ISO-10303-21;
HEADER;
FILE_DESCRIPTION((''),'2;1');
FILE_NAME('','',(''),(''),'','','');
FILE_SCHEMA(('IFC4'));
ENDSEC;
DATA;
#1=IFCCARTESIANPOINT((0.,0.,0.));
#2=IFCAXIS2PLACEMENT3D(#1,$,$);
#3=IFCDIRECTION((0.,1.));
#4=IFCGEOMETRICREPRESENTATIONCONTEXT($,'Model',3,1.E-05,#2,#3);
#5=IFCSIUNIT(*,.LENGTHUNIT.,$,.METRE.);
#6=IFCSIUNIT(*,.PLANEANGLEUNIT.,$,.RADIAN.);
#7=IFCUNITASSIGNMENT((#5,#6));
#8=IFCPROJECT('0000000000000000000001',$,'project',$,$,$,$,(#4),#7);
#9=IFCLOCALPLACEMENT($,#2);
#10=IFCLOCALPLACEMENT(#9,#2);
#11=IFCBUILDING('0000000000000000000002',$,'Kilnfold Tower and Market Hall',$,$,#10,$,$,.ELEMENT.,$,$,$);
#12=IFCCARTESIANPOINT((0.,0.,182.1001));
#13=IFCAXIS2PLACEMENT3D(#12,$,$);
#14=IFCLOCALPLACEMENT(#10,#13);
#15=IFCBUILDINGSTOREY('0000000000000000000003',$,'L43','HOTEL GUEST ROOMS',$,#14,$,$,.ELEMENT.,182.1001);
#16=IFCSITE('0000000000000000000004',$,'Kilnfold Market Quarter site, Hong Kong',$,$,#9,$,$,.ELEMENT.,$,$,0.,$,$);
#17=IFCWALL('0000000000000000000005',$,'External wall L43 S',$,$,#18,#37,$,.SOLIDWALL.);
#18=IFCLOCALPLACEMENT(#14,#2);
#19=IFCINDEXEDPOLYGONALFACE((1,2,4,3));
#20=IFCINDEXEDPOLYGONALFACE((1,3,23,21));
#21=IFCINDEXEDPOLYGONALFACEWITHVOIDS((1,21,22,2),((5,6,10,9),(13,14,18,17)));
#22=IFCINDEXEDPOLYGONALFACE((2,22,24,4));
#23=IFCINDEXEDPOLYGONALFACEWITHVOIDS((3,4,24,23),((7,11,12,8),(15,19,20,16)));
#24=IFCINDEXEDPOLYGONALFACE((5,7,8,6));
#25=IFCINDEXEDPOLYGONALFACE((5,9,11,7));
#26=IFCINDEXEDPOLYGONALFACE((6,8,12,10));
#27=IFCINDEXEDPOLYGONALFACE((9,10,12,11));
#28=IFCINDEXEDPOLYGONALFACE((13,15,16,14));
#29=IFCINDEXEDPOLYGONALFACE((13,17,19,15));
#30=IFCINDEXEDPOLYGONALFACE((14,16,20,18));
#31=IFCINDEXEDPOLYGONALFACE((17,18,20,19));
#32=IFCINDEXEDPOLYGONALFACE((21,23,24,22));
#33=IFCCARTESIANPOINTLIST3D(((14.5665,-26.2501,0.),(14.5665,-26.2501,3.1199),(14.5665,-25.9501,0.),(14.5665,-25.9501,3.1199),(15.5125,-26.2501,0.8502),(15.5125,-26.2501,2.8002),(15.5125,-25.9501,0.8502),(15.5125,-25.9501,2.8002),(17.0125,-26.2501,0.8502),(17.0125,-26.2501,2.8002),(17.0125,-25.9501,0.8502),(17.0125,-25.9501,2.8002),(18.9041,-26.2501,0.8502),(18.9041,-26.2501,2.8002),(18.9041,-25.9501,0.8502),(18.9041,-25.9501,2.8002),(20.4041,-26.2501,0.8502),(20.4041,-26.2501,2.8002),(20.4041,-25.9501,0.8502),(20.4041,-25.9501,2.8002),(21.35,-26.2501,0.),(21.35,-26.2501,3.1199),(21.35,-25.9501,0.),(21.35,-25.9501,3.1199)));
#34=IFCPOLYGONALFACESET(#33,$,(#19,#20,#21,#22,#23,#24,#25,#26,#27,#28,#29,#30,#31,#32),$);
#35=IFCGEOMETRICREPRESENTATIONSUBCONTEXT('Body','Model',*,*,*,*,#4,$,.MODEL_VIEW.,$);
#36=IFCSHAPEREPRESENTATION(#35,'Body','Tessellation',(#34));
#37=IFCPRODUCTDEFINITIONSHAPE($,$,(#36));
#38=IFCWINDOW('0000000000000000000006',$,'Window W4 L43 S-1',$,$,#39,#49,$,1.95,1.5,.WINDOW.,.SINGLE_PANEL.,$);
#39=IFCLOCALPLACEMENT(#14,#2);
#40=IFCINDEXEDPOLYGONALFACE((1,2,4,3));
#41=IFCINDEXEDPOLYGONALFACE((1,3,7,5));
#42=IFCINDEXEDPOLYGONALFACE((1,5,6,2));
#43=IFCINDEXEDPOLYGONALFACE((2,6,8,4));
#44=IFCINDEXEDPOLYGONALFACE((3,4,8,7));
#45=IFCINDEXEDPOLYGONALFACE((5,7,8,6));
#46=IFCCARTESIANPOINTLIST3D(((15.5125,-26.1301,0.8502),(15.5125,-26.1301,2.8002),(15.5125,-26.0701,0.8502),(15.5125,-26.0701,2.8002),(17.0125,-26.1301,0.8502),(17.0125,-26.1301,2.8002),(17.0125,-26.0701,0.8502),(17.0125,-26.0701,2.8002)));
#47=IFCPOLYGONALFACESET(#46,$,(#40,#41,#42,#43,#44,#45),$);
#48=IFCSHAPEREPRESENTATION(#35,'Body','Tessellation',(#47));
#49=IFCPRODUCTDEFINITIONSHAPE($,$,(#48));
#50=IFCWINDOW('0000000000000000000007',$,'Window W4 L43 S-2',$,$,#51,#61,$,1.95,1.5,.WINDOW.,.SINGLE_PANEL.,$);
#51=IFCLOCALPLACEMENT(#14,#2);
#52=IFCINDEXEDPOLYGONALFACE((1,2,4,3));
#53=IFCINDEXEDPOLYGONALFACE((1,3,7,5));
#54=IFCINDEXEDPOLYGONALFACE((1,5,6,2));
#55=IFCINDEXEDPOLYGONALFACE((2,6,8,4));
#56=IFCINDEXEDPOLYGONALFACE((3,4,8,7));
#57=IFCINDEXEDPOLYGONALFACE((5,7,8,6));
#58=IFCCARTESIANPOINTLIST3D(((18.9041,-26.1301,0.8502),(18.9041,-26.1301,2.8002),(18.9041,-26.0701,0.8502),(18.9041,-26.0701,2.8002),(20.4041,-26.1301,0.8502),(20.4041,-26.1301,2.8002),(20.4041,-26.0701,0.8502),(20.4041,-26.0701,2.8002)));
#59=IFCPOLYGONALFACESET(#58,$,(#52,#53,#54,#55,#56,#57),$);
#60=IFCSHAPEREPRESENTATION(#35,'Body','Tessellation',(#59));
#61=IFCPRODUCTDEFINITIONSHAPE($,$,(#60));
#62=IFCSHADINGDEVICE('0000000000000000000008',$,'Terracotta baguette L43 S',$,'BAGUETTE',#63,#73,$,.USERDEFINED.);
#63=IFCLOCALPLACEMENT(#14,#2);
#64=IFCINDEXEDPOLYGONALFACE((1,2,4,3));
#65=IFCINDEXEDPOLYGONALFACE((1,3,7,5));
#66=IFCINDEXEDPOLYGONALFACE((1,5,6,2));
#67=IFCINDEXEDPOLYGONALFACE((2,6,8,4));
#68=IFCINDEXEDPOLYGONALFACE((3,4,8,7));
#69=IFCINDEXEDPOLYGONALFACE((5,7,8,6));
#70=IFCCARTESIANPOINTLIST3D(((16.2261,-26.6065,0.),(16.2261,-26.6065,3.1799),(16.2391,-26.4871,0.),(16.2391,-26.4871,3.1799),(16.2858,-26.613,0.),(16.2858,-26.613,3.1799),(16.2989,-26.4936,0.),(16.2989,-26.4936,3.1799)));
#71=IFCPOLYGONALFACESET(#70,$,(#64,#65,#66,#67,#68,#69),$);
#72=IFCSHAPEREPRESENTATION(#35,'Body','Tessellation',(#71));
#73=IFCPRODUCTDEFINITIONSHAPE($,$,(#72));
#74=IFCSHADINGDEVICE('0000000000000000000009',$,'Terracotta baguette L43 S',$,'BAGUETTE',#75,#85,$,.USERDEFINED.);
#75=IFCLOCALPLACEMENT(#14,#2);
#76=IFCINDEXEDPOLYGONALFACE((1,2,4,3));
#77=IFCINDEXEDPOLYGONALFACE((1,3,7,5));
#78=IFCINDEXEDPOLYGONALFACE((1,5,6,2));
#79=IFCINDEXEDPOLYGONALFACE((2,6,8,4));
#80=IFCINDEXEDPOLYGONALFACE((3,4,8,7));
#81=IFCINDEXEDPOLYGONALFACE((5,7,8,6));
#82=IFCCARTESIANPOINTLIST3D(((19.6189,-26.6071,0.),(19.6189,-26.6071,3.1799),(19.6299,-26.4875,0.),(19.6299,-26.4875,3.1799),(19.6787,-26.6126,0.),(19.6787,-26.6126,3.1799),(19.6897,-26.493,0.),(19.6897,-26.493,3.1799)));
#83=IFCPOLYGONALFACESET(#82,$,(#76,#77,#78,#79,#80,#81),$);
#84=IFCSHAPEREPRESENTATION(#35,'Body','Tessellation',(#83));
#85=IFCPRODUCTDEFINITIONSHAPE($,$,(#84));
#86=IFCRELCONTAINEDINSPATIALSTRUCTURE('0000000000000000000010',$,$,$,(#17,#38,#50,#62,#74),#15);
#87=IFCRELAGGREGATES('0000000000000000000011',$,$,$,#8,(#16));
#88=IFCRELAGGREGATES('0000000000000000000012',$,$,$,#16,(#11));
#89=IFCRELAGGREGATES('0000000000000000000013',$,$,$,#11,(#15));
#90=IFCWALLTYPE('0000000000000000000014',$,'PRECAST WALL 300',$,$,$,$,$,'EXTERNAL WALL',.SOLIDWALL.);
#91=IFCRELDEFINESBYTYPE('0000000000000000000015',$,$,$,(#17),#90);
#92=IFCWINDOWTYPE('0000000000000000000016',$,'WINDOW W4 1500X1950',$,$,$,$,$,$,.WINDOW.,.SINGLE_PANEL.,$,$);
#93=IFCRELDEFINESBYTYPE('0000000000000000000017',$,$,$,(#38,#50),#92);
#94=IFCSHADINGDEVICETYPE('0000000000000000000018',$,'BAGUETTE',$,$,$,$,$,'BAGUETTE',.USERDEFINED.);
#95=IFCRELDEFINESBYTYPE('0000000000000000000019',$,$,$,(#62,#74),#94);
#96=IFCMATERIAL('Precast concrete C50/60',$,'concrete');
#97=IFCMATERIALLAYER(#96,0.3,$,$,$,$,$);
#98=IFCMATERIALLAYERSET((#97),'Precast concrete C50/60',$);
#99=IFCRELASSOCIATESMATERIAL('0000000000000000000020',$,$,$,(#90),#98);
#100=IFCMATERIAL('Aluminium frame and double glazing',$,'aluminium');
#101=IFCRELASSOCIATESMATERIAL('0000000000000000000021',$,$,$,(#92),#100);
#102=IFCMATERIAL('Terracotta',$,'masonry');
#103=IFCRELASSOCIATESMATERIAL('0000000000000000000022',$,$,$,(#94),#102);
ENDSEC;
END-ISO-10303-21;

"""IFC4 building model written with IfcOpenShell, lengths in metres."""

from ifc_helpers import new_model, si_unit, direction, frame, frame_2d, origin, origin_2d, place, context, subcontext, project, spatial, rectangle, extrude, source, transform, mapped, material, layer, layer_set, material_profile, profile_set, type_object, element, fill, save


model = new_model("IFC4")

# Units and contexts
model_context = context("Model", 3, precision=1e-05, world=origin(), true_north=direction((0.0, 1.0)))
body_context = subcontext(model_context, "Body", "Model", "MODEL_VIEW")
ifc_project = project(units=[si_unit("LENGTHUNIT", "METRE"), si_unit("PLANEANGLEUNIT", "RADIAN")], contexts=[model_context])

# Site, building, storey
site_placement = place(None, origin())
site = spatial("IfcSite", under=ifc_project, at=site_placement, Name="Kilnfold Market Quarter site, Hong Kong", CompositionType="ELEMENT", RefElevation=0.0)
building_placement = place(site_placement, origin())
building = spatial("IfcBuilding", under=site, at=building_placement, Name="Kilnfold Tower and Market Hall", CompositionType="ELEMENT")
storey_placement = place(building_placement, frame((0.0, 0.0, 182.1001)))
storey = spatial("IfcBuildingStorey", under=building, at=storey_placement, Name="L43", Description="HOTEL GUEST ROOMS", CompositionType="ELEMENT", Elevation=182.1001)

# Wall, openings, windows
ifc_material_1 = material(Name="Precast concrete C50/60", Category="concrete")
ifc_layer_1 = layer(ifc_material_1, 0.3)
ifc_layer_set_1 = layer_set([ifc_layer_1], Name="Precast concrete C50/60")
wall_type_1 = type_object("IfcWallType", Name="PRECAST WALL 300", ElementType="EXTERNAL WALL", PredefinedType="SOLIDWALL", material=ifc_layer_set_1)
shared_shape_1 = source(origin(), body_context, "Body", "SweptSolid", [
    extrude(rectangle(XDim=6.7834, YDim=0.3, at=frame_2d((3.3916, 0.0))), origin(), (0.0, 0.0, 1.0), 3.1199),
])
wall_1_placement = place(storey_placement, frame((14.5667, -26.1001, 0.0), z_axis=(0.0, 0.0, 1.0), x_axis=(1.0, 0.0, 0.0)))
wall_1 = element("IfcWall", 1, at=wall_1_placement, inside=storey, type_object=wall_type_1, Name="External wall L43 S", PredefinedType="SOLIDWALL", context=body_context, shape_type="MappedRepresentation", body=[
    mapped(shared_shape_1, transform((0.0, 0.0, 0.0))),
])
opening_1_placement = place(wall_1_placement, frame((0.9458, 0.0, 0.8501)))
opening_1 = element("IfcOpeningElement", 2, at=opening_1_placement, cuts=wall_1, PredefinedType="OPENING", context=body_context, shape_type="SweptSolid", body=[
    extrude(rectangle(XDim=1.5, YDim=1.95, at=frame_2d((0.75, 0.9751))), frame((0.0, 0.1602, 0.0), z_axis=(0.0, -1.0, 0.0), x_axis=(1.0, 0.0, 0.0)), (0.0, 0.0, 1.0), 0.3201),
])
opening_2_placement = place(wall_1_placement, frame((4.3374, 0.0, 0.8501)))
opening_2 = element("IfcOpeningElement", 3, at=opening_2_placement, cuts=wall_1, PredefinedType="OPENING", context=body_context, shape_type="SweptSolid", body=[
    extrude(rectangle(XDim=1.5, YDim=1.95, at=frame_2d((0.75, 0.9751))), frame((0.0, 0.1602, 0.0), z_axis=(0.0, -1.0, 0.0), x_axis=(1.0, 0.0, 0.0)), (0.0, 0.0, 1.0), 0.3201),
])
ifc_material_2 = material(Name="Aluminium frame and double glazing", Category="aluminium")
window_type = type_object("IfcWindowType", Name="WINDOW W4 1500X1950", PartitioningType="SINGLE_PANEL", PredefinedType="WINDOW", material=ifc_material_2)
window_1_placement = place(opening_1_placement, origin())
window_1 = element("IfcWindow", 4, at=window_1_placement, inside=storey, type_object=window_type, Name="Window W4 L43 S-1", OverallHeight=1.95, OverallWidth=1.5, PartitioningType="SINGLE_PANEL", PredefinedType="WINDOW", context=body_context, shape_type="SweptSolid", body=[
    extrude(rectangle(XDim=1.5, YDim=1.95, at=frame_2d((0.75, 0.9751))), frame((0.0, 0.03, 0.0), z_axis=(0.0, -1.0, 0.0), x_axis=(1.0, 0.0, 0.0)), (0.0, 0.0, 1.0), 0.0601),
])
fill(opening_1, window_1)
window_2_placement = place(opening_2_placement, origin())
window_2 = element("IfcWindow", 5, at=window_2_placement, inside=storey, type_object=window_type, Name="Window W4 L43 S-2", OverallHeight=1.95, OverallWidth=1.5, PartitioningType="SINGLE_PANEL", PredefinedType="WINDOW", context=body_context, shape_type="SweptSolid", body=[
    extrude(rectangle(XDim=1.5, YDim=1.95, at=frame_2d((0.75, 0.9751))), frame((0.0, 0.03, 0.0), z_axis=(0.0, -1.0, 0.0), x_axis=(1.0, 0.0, 0.0)), (0.0, 0.0, 1.0), 0.0601),
])
fill(opening_2, window_2)

# Shading devices
ifc_material_3 = material(Name="Terracotta", Category="masonry")
ifc_material_profile_1 = material_profile(ifc_material_3, rectangle(XDim=0.0601, YDim=0.1201, at=origin_2d()), Name="BAG 60x120")
ifc_profile_set_1 = profile_set([ifc_material_profile_1], Name="Terracotta")
shading_device_type = type_object("IfcShadingDeviceType", Name="BAGUETTE", ElementType="BAGUETTE", PredefinedType="USERDEFINED", material=ifc_profile_set_1)
shared_shape_2 = source(origin(), body_context, "Body", "SweptSolid", [
    extrude(rectangle(XDim=0.0601, YDim=0.1201, at=origin_2d()), origin(), (0.0, 0.0, 1.0), 3.1799),
])
for number, where, z_axis, x_axis, name in (
    (6, (16.2625, -26.55, 0.0), (0.0, 0.0, 1.0), (0.994037, -0.109044, 0.0), "Terracotta baguette L43 S"),
    (7, (19.6543, -26.55, 0.0), (0.0, 0.0, 1.0), (0.995758, -0.092011, 0.0), "Terracotta baguette L43 S"),
):
    element("IfcShadingDevice", number, at=place(storey_placement, frame(where, z_axis=z_axis, x_axis=x_axis)), inside=storey, type_object=shading_device_type, Name=name, ObjectType="BAGUETTE", PredefinedType="USERDEFINED", context=body_context, shape_type="MappedRepresentation", body=[
        mapped(shared_shape_2, transform((0.0, 0.0, 0.0))),
    ])

save(model, "model.ifc")
